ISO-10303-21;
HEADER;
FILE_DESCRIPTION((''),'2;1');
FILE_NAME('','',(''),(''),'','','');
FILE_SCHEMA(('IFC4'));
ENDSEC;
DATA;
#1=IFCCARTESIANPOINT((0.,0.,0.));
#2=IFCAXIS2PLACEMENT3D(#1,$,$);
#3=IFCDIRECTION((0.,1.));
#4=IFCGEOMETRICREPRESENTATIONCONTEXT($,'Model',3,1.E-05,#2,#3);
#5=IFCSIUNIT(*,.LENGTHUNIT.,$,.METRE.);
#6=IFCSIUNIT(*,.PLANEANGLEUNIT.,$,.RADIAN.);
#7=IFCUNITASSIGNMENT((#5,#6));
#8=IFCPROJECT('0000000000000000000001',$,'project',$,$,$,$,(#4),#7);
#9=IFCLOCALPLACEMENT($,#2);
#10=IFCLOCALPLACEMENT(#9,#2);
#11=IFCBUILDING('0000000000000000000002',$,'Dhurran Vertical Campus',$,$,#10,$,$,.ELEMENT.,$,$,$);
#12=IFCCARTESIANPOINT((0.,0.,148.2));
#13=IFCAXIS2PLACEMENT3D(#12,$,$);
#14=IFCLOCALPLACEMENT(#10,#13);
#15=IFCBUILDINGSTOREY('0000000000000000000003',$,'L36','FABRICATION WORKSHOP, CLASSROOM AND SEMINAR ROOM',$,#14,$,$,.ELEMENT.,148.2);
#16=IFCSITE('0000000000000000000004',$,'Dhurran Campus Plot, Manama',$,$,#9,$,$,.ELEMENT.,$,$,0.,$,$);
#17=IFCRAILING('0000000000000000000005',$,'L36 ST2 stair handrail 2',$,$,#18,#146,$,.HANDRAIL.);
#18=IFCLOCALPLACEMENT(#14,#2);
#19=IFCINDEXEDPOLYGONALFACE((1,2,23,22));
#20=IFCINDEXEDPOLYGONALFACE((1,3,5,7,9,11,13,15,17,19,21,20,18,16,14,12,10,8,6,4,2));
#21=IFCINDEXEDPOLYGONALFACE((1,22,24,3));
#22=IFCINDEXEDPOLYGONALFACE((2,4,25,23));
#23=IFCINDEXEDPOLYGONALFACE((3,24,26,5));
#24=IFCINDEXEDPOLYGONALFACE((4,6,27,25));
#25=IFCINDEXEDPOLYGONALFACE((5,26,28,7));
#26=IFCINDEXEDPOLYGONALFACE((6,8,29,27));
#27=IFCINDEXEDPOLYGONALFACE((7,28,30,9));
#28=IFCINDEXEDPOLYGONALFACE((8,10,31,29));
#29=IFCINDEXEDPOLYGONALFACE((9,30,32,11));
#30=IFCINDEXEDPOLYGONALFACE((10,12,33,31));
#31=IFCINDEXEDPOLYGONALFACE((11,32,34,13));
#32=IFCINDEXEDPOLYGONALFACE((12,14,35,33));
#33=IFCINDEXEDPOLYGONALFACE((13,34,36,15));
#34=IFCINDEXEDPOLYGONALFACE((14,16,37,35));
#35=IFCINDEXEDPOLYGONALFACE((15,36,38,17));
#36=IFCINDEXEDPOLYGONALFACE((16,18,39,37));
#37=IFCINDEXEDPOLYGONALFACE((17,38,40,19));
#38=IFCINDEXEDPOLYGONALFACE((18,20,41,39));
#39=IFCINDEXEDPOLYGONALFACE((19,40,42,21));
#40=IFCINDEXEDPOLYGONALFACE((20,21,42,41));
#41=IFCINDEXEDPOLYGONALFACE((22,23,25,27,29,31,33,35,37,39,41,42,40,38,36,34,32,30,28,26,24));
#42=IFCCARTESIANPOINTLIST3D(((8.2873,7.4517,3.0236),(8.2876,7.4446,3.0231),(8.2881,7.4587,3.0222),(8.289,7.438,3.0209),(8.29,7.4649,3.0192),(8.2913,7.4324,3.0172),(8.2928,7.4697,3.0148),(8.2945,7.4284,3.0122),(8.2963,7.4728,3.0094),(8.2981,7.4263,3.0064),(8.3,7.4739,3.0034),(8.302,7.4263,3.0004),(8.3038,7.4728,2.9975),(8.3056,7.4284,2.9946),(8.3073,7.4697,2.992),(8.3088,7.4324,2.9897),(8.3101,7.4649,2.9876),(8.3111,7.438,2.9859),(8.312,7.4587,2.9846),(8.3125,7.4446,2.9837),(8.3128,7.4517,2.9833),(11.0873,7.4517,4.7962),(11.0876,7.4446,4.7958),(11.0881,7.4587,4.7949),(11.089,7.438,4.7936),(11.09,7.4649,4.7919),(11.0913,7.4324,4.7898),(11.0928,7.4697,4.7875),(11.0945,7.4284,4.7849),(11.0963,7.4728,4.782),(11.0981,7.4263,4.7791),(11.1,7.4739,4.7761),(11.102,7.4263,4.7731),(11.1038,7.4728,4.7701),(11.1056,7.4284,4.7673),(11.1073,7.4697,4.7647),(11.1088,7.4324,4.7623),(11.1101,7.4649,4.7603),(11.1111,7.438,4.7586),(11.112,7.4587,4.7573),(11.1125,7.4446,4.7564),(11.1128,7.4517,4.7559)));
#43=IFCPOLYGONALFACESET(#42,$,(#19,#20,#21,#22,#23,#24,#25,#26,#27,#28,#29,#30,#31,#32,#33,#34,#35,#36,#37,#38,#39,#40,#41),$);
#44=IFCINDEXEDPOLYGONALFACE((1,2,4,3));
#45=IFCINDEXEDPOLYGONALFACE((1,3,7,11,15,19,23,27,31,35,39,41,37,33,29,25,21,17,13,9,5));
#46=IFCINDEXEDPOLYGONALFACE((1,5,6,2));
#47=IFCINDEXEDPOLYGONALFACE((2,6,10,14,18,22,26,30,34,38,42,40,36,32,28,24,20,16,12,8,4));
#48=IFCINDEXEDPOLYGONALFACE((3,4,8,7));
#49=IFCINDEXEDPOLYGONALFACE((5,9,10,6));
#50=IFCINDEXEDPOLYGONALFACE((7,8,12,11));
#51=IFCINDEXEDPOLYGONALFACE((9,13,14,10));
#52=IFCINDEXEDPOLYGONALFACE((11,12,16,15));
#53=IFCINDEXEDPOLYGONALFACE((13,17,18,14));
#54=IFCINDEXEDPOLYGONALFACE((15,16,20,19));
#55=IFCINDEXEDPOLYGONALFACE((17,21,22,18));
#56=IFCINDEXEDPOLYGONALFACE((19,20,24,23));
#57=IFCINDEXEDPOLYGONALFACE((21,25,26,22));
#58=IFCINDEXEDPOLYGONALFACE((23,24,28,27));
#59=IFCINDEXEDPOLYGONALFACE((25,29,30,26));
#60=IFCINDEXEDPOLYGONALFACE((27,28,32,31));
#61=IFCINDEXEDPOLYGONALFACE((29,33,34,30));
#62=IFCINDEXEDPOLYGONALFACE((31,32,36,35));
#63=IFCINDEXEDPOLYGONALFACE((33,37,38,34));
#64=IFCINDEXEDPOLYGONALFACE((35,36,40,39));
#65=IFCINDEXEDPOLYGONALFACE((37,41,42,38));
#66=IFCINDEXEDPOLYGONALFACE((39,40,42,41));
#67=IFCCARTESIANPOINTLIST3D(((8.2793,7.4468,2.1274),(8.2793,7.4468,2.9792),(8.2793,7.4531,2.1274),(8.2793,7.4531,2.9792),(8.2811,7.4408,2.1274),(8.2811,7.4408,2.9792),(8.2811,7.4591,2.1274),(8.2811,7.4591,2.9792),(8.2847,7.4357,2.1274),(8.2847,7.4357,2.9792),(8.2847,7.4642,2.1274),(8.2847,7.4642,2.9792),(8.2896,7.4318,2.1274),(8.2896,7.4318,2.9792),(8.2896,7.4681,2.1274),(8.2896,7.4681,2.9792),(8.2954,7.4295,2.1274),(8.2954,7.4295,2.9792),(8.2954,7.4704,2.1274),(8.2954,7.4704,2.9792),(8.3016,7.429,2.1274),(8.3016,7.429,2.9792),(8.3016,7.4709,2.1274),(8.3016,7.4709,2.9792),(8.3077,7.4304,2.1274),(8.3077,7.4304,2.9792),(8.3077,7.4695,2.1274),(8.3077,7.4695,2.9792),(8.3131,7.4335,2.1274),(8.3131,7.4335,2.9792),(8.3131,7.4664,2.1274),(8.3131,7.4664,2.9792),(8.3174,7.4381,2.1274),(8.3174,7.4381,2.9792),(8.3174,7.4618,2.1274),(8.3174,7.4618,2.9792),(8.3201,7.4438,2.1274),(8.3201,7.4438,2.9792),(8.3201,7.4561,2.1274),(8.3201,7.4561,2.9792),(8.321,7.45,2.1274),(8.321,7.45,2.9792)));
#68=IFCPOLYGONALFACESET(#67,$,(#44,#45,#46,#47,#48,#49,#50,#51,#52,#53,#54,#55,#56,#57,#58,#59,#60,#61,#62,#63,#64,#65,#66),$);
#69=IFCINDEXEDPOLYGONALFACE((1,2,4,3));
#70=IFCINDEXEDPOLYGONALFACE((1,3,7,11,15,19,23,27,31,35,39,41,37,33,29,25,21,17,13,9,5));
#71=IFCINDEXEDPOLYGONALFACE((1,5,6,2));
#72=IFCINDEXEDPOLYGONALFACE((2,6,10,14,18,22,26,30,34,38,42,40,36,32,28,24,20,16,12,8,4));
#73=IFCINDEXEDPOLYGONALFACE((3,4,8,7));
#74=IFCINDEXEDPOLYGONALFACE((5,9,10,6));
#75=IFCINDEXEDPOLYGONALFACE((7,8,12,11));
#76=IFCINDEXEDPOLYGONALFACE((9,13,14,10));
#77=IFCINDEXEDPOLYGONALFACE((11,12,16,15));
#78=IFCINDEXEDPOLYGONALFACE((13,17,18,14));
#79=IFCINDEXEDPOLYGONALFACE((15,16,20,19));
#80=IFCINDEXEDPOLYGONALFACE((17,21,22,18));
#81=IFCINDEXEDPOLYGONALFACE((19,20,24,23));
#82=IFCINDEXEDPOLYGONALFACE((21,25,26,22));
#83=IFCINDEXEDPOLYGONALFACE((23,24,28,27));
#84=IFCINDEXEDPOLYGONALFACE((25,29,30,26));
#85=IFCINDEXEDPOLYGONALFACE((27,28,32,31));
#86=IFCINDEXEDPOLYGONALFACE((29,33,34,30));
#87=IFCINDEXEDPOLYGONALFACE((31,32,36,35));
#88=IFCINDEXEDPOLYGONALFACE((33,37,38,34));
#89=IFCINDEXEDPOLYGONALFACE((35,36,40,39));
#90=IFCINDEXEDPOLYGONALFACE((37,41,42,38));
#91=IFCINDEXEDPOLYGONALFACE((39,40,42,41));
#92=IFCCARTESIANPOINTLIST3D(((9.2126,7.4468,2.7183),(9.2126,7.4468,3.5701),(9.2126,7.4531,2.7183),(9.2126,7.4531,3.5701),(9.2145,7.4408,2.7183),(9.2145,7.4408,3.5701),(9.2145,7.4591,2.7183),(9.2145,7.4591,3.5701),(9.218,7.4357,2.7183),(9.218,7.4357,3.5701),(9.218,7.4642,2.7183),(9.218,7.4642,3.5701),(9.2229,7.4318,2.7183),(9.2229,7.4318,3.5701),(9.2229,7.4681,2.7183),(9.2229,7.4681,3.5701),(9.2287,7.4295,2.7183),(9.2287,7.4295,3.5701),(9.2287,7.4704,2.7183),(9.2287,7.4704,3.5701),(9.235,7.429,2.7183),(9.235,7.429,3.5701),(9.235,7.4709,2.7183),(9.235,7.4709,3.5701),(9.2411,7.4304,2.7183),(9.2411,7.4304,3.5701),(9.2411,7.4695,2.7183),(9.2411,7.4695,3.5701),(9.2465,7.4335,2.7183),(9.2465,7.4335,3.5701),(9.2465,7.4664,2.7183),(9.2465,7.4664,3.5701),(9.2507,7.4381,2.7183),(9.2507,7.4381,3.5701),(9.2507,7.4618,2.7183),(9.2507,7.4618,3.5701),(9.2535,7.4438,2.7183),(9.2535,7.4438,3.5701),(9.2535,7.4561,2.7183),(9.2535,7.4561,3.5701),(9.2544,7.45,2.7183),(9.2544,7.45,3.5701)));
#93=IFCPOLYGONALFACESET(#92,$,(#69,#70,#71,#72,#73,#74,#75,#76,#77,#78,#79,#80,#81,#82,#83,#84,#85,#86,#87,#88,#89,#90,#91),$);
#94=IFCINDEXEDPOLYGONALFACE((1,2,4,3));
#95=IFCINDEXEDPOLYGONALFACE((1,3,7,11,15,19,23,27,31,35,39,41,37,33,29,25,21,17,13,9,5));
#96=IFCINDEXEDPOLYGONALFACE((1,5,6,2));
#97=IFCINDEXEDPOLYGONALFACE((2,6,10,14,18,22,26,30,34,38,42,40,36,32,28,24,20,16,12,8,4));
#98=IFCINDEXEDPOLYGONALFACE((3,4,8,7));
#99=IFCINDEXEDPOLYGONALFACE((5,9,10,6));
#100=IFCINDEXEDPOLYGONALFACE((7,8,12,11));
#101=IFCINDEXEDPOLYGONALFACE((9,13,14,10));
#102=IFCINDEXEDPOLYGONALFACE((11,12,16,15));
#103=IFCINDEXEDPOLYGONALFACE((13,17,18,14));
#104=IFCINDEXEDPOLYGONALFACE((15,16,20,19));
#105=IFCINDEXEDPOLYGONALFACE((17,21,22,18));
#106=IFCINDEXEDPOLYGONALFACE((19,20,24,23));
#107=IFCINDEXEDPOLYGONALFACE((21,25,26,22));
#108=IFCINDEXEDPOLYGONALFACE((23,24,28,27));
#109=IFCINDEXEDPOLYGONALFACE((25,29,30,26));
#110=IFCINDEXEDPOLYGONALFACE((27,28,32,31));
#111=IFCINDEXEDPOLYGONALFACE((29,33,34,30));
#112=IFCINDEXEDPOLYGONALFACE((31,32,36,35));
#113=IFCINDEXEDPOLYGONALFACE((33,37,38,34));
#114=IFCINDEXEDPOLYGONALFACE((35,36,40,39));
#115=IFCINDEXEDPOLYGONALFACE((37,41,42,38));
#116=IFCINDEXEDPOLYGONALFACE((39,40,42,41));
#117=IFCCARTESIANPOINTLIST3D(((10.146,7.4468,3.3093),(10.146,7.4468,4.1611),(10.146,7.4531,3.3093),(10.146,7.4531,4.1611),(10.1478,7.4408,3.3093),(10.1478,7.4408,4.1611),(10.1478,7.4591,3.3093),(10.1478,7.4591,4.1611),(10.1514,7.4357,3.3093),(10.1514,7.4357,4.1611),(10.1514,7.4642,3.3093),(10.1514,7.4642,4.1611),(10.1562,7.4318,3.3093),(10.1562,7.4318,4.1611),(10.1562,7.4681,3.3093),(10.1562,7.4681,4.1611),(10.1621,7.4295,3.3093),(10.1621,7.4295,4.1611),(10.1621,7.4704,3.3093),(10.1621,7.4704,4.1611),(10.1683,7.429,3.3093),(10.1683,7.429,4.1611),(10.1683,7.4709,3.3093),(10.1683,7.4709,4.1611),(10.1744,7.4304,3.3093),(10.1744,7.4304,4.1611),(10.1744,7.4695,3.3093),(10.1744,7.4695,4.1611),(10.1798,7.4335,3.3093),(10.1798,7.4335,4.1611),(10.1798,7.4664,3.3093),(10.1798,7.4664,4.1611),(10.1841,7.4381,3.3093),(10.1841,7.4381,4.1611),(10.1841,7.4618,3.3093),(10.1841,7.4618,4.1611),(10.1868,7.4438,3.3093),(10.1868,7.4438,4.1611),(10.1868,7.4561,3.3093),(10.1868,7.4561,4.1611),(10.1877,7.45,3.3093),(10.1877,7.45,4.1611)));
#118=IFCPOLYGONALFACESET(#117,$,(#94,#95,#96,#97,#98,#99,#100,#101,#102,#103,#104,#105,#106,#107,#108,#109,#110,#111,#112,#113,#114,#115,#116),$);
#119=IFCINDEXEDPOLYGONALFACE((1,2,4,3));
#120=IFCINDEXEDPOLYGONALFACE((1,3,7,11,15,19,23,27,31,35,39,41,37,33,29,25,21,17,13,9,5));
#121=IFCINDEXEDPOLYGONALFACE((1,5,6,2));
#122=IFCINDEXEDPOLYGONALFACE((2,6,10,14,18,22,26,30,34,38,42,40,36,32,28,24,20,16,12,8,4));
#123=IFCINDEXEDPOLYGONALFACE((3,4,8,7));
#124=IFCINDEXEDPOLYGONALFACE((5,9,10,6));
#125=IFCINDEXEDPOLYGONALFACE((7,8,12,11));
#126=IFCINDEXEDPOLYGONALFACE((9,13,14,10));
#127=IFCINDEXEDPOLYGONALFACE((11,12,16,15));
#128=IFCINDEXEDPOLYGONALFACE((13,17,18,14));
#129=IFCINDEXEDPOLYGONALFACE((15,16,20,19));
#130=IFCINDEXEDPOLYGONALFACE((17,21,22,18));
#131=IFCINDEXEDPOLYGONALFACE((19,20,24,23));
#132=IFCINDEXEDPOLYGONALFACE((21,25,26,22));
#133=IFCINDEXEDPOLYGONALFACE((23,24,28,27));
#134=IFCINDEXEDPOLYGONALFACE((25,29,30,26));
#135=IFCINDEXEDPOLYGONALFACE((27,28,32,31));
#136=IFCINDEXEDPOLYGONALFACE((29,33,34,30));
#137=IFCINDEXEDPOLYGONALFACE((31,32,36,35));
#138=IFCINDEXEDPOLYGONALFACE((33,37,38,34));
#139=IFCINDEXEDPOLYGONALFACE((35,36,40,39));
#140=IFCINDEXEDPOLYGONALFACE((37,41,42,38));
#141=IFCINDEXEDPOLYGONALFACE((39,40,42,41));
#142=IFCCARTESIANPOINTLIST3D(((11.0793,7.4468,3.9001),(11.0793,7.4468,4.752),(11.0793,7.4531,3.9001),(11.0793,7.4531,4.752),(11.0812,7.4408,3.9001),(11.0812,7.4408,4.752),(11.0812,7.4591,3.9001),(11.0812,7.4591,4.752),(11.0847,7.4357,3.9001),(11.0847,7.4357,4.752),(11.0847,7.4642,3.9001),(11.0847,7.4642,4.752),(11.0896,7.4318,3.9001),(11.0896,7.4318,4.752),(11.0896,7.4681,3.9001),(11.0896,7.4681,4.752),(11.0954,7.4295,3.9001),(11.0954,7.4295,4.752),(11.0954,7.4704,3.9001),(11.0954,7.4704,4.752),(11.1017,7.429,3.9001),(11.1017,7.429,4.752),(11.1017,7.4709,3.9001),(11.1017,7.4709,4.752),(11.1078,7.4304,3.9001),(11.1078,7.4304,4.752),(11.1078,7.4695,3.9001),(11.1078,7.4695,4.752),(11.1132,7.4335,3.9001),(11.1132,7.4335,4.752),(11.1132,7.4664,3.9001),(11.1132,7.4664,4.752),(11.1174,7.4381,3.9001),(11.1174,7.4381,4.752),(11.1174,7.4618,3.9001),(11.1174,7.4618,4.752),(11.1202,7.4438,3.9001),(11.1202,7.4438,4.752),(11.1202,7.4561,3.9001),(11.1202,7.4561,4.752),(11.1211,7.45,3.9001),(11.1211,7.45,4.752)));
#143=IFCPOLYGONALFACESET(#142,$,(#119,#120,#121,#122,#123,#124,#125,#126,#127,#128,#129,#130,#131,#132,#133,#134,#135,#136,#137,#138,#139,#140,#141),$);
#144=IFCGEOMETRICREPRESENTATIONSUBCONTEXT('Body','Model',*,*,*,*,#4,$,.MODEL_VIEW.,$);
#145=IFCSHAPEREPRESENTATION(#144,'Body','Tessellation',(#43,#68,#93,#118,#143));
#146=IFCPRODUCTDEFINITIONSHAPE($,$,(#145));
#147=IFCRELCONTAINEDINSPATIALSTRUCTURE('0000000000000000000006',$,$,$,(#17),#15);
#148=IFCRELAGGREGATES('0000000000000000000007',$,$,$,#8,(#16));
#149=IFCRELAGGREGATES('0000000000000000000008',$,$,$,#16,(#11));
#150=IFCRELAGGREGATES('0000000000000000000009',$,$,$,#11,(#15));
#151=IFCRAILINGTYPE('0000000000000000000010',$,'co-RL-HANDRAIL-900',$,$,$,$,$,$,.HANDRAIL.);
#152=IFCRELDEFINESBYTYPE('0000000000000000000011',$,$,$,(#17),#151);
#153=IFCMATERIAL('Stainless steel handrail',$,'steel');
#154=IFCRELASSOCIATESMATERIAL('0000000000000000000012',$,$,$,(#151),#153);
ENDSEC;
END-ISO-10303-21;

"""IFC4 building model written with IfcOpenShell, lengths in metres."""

from ifc_helpers import new_model, si_unit, direction, frame, origin, origin_2d, place, context, subcontext, project, spatial, circle, extrude, material, type_object, element, save


model = new_model("IFC4")

# Units and contexts
model_context = context("Model", 3, precision=1e-05, world=origin(), true_north=direction((0.0, 1.0)))
body_context = subcontext(model_context, "Body", "Model", "MODEL_VIEW")
ifc_project = project(units=[si_unit("LENGTHUNIT", "METRE"), si_unit("PLANEANGLEUNIT", "RADIAN")], contexts=[model_context])

# Site, building, storey
site_placement = place(None, origin())
site = spatial("IfcSite", under=ifc_project, at=site_placement, Name="Dhurran Campus Plot, Manama", CompositionType="ELEMENT", RefElevation=0.0)
building_placement = place(site_placement, origin())
building = spatial("IfcBuilding", under=site, at=building_placement, Name="Dhurran Vertical Campus", CompositionType="ELEMENT")
storey_placement = place(building_placement, frame((0.0, 0.0, 148.2)))
storey = spatial("IfcBuildingStorey", under=building, at=storey_placement, Name="L36", Description="FABRICATION WORKSHOP, CLASSROOM AND SEMINAR ROOM", CompositionType="ELEMENT", Elevation=148.2)

# Railing
ifc_material_1 = material(Name="Stainless steel handrail", Category="steel")
railing_type_1 = type_object("IfcRailingType", Name="co-RL-HANDRAIL-900", PredefinedType="HANDRAIL", material=ifc_material_1)
railing_1_placement = place(storey_placement, frame((8.3, 7.45, 2.1274)))
element("IfcRailing", 1, at=railing_1_placement, inside=storey, type_object=railing_type_1, Name="L36 ST2 stair handrail 2", PredefinedType="HANDRAIL", context=body_context, shape_type="SweptSolid", body=[
    extrude(circle(Radius=0.0239, at=origin_2d()), frame((0.0, 0.0, 0.876), z_axis=(0.844909, 0.0, 0.53491), x_axis=(0.0, 1.0, 0.0)), (0.0, 0.0, 1.0), 3.314),
    extrude(circle(Radius=0.021, at=origin_2d()), origin(), (0.0, 0.0, 1.0), 0.8518),
    extrude(circle(Radius=0.021, at=origin_2d()), frame((0.9333, 0.0, 0.5908)), (0.0, 0.0, 1.0), 0.8518),
    extrude(circle(Radius=0.021, at=origin_2d()), frame((1.8667, 0.0, 1.1819)), (0.0, 0.0, 1.0), 0.8518),
    extrude(circle(Radius=0.021, at=origin_2d()), frame((2.8, 0.0, 1.7727)), (0.0, 0.0, 1.0), 0.8518),
])

save(model, "model.ifc")
